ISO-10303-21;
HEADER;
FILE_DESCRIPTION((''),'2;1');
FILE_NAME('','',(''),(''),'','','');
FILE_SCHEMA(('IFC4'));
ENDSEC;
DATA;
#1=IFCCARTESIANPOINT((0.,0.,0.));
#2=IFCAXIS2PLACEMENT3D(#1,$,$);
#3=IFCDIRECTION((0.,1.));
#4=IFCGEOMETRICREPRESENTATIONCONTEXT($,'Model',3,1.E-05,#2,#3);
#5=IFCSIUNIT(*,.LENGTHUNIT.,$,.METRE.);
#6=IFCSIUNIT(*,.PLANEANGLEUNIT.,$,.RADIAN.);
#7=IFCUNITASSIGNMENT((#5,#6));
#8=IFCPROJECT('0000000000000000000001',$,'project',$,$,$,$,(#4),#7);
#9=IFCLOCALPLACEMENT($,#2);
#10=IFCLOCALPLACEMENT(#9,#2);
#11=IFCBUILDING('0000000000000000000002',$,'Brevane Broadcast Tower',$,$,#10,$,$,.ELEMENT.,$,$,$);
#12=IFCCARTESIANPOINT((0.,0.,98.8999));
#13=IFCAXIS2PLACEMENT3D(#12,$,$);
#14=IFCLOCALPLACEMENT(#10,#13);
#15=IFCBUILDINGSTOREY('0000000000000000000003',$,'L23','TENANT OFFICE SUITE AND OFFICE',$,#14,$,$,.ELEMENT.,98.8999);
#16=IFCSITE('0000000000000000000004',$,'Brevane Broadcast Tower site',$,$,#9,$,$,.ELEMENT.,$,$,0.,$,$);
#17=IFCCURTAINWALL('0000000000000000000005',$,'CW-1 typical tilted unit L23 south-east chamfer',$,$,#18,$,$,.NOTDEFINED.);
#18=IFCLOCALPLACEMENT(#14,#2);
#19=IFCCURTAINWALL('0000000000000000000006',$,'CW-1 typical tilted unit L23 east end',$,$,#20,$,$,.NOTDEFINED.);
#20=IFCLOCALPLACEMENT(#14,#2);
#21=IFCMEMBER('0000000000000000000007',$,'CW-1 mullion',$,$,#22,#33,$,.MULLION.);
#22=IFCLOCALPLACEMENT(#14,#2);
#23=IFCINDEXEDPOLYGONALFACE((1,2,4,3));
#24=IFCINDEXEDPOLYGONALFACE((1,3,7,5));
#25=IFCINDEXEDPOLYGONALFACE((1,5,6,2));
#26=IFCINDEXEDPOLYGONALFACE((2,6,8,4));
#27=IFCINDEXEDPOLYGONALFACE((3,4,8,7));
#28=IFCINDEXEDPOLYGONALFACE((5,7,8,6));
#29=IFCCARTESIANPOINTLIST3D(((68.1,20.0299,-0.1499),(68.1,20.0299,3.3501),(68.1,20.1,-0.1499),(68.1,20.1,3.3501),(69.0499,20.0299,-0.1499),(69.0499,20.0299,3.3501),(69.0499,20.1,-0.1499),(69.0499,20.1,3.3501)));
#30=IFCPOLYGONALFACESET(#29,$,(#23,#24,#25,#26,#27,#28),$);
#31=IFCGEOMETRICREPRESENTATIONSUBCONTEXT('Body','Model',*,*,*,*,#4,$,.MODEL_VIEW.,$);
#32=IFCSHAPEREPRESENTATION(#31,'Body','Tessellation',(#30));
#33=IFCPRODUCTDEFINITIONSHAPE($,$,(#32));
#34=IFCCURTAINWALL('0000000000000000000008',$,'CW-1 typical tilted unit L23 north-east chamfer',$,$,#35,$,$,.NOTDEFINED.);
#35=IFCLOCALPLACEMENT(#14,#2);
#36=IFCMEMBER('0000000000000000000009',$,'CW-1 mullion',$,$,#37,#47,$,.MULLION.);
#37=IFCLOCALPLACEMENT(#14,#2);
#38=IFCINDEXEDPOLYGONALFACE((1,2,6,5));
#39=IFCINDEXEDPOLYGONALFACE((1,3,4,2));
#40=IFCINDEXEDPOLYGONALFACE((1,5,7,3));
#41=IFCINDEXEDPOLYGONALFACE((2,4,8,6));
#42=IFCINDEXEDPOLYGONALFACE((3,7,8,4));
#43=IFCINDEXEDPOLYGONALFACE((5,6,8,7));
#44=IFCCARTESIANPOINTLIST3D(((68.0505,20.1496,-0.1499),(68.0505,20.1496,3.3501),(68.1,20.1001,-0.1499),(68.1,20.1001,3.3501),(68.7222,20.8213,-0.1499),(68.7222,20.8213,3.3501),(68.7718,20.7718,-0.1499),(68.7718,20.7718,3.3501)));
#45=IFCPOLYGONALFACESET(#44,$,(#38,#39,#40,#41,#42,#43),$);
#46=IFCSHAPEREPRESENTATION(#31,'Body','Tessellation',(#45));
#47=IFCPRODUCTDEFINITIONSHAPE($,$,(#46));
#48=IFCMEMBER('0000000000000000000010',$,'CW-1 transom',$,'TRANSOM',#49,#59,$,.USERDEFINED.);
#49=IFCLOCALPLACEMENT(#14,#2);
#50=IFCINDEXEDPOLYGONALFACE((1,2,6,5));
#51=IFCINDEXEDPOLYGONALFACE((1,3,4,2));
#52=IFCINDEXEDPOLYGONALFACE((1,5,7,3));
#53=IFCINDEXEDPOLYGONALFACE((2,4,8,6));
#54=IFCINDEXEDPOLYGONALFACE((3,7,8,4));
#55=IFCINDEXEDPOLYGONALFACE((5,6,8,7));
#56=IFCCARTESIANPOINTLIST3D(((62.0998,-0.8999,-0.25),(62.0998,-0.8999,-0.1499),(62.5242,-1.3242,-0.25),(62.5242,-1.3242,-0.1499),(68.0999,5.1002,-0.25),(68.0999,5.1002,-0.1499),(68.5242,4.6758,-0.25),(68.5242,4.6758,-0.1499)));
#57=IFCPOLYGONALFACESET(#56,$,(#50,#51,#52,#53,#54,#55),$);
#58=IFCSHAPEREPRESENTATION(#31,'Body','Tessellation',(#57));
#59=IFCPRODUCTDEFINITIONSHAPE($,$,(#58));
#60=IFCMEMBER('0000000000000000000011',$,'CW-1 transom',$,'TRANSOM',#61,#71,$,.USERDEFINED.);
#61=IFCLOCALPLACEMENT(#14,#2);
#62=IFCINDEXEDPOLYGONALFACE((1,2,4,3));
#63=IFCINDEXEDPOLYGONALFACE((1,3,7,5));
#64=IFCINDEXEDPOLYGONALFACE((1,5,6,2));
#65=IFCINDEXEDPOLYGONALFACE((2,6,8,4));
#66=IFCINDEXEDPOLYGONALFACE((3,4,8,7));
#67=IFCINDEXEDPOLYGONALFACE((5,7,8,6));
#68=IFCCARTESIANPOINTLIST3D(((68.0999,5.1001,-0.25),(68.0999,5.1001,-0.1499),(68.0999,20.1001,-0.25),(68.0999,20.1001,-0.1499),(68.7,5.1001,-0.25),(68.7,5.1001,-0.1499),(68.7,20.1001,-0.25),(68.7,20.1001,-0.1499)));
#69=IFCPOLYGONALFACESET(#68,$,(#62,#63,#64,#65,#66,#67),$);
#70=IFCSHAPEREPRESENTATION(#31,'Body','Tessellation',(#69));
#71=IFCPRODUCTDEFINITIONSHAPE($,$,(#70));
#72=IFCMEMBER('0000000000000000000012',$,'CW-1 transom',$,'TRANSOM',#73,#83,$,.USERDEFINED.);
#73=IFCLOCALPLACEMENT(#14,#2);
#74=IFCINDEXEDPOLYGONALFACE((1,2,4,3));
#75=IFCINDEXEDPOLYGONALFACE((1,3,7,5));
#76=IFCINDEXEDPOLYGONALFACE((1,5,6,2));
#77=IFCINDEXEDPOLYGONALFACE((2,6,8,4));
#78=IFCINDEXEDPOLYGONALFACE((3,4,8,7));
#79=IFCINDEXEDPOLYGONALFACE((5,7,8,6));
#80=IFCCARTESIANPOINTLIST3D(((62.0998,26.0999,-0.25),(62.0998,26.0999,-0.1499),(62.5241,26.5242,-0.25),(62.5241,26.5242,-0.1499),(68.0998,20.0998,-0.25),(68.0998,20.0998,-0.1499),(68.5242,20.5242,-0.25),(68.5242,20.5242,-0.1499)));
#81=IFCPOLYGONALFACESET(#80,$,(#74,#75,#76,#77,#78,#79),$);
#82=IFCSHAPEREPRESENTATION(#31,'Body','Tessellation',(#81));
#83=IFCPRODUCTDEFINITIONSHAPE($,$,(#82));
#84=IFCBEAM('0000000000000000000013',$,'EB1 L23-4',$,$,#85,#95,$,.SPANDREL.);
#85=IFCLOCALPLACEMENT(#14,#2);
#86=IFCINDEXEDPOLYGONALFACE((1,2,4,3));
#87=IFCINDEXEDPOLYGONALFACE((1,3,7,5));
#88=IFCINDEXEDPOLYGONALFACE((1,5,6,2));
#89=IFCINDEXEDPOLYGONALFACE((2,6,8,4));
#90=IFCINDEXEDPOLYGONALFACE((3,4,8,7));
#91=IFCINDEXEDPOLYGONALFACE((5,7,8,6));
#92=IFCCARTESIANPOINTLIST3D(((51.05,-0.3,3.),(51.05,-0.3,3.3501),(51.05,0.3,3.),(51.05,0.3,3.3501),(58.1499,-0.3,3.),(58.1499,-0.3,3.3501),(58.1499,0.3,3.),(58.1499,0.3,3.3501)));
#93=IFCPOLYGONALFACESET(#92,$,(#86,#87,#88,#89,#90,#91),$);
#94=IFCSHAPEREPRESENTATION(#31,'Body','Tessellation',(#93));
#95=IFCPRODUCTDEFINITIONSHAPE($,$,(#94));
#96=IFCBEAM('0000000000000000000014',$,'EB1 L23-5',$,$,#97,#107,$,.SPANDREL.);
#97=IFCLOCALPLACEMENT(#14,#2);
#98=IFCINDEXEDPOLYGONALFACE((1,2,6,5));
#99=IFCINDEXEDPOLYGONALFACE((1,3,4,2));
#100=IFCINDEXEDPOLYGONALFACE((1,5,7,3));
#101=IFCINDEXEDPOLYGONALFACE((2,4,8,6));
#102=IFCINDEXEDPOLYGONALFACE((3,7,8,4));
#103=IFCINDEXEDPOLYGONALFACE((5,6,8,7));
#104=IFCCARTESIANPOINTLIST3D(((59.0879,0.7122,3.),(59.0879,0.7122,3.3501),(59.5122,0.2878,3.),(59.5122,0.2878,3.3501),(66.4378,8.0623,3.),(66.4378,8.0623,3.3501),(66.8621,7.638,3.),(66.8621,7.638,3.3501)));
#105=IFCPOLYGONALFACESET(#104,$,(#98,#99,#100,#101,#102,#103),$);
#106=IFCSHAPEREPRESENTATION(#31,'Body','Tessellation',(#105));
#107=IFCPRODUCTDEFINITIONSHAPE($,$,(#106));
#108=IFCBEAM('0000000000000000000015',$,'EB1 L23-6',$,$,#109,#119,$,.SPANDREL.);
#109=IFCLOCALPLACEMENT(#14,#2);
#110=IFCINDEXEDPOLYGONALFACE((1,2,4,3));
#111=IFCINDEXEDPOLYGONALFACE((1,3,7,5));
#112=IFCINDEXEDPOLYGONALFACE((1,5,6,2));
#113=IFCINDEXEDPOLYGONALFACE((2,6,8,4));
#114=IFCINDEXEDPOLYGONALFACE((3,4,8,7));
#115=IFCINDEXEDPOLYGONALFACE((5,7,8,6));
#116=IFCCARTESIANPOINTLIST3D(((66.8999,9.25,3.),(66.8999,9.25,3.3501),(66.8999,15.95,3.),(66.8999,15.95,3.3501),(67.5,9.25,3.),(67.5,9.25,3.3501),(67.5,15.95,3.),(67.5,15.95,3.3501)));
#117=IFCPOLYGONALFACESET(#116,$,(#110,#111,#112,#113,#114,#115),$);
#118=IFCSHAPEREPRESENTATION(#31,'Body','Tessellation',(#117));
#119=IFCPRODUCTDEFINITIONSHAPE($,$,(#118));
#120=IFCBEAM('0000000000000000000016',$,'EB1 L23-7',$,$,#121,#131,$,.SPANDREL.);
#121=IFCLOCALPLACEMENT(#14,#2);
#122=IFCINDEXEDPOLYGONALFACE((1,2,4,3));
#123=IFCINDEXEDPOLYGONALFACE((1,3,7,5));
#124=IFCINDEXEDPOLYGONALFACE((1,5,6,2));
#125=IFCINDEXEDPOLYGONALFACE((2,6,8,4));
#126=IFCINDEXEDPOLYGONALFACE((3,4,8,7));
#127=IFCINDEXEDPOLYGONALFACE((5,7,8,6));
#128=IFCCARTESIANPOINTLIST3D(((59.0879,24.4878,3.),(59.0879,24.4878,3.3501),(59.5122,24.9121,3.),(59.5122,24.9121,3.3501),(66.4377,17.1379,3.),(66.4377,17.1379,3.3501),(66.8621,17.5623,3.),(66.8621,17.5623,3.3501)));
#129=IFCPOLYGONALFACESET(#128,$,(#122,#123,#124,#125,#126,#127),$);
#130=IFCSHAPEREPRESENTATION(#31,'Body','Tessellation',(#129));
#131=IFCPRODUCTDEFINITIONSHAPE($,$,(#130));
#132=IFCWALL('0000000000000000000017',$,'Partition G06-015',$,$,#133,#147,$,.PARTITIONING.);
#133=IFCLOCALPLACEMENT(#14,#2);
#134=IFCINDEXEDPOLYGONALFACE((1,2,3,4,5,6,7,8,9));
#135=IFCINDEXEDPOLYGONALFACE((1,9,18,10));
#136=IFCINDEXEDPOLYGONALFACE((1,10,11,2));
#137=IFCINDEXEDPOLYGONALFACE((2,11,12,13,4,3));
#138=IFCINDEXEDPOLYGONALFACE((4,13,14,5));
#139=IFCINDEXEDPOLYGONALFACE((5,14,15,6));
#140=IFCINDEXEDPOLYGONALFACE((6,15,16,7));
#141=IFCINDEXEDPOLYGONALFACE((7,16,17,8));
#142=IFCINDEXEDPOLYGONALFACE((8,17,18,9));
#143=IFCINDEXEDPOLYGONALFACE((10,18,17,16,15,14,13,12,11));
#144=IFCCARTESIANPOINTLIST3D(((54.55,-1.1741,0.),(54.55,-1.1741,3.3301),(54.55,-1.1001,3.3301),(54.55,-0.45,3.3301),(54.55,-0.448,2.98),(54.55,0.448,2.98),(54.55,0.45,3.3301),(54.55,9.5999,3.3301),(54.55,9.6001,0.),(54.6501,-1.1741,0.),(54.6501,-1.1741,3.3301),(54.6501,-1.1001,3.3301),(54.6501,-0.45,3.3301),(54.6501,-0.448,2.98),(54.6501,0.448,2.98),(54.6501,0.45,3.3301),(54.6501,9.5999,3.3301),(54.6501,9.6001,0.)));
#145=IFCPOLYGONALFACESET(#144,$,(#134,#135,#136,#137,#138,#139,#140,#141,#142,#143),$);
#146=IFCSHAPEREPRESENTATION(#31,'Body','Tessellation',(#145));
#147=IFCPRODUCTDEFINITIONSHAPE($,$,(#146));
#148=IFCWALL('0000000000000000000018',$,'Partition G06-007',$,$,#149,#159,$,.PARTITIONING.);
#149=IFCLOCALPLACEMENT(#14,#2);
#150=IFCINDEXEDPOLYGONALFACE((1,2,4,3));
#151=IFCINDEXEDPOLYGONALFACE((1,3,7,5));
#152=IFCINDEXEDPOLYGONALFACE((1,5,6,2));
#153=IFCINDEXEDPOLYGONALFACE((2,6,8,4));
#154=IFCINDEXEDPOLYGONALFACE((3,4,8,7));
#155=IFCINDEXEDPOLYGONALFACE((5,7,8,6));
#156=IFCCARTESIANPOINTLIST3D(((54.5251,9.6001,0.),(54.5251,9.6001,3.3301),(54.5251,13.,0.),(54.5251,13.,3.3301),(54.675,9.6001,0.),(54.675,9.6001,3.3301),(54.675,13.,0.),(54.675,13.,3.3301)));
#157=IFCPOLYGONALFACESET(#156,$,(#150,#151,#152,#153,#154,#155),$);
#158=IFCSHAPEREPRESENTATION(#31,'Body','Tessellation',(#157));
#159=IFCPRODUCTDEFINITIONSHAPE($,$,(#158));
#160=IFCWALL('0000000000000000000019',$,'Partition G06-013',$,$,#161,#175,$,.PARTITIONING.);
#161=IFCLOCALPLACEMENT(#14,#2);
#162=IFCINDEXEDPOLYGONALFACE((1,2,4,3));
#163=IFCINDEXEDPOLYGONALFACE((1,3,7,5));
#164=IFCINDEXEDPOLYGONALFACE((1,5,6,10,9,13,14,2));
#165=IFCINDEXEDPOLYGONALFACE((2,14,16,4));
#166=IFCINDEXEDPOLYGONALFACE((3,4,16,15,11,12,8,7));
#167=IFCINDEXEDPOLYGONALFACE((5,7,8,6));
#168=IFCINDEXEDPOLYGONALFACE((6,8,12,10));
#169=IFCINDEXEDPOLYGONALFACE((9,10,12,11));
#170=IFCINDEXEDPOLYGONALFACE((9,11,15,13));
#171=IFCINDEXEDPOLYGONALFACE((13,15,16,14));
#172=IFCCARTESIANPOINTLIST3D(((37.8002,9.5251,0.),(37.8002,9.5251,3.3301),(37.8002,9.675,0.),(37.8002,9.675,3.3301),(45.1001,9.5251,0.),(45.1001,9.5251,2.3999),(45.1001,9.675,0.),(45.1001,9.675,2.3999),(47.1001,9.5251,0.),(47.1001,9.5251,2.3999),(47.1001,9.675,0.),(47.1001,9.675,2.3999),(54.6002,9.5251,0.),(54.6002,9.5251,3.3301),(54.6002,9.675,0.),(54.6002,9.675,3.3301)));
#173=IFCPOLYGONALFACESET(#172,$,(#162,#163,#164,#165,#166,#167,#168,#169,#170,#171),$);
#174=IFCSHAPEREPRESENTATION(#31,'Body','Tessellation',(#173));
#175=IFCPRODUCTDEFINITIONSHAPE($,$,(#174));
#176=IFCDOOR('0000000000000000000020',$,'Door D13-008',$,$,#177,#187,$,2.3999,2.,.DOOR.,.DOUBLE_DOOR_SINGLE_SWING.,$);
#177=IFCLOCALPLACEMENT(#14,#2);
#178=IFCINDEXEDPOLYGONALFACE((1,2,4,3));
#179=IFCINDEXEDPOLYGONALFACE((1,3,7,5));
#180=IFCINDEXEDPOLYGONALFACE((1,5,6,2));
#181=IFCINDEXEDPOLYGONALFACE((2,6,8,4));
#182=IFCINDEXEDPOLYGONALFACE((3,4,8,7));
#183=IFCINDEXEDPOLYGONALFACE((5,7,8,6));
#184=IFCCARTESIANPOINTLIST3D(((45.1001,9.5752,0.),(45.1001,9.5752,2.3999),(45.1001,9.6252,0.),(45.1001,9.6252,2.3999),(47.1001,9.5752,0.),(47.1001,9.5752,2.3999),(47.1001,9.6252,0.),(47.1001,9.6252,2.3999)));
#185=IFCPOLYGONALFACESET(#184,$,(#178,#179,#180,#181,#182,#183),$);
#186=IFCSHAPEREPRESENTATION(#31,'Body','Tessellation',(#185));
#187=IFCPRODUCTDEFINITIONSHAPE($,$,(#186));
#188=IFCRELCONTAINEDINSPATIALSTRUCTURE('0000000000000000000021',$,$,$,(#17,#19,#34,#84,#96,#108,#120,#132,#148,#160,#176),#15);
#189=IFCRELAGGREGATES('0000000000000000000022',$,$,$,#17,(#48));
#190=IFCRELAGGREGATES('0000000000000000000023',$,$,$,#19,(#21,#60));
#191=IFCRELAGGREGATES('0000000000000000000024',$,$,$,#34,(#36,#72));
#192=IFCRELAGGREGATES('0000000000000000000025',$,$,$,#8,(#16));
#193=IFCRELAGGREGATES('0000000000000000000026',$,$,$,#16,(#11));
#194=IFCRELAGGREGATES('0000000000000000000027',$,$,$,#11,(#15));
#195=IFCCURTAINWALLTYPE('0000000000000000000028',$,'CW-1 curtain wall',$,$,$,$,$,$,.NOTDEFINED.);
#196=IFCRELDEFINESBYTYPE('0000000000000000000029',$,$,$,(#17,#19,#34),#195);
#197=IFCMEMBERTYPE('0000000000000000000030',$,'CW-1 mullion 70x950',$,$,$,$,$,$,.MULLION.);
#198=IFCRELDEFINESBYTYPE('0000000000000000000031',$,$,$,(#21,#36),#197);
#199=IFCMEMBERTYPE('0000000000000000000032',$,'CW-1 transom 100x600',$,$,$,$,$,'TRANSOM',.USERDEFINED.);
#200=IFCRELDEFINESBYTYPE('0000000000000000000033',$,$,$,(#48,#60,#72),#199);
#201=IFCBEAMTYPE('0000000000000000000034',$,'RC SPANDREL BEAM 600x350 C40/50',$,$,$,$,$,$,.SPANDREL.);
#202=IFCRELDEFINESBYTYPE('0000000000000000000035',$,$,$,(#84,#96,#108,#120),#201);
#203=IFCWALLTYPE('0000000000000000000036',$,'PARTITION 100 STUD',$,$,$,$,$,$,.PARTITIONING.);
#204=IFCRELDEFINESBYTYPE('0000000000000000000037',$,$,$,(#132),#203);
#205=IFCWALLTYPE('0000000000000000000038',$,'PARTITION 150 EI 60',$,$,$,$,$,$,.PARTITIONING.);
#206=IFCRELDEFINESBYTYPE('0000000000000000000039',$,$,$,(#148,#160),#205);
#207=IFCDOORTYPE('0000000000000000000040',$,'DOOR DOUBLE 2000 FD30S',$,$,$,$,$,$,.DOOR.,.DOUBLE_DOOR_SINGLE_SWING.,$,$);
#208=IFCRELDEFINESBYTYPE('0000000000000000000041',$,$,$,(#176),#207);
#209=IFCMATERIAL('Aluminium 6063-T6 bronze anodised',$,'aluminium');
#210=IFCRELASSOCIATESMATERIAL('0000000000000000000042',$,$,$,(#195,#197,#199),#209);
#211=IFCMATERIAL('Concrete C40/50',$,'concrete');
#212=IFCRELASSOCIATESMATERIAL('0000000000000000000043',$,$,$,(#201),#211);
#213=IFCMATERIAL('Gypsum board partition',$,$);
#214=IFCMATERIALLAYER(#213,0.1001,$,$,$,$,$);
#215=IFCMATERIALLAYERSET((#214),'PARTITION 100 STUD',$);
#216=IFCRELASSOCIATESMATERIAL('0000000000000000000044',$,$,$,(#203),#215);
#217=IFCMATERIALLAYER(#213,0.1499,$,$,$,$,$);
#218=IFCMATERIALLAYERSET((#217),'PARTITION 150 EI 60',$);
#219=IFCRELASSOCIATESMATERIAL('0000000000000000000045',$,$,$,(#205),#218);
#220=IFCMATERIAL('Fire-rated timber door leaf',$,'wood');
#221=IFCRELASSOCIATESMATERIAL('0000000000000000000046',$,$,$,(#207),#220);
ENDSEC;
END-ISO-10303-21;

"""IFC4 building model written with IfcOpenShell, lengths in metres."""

from ifc_helpers import new_model, si_unit, direction, frame, frame_2d, origin, origin_2d, place, context, subcontext, project, spatial, polyline, rectangle, outline, extrude, material, layer, layer_set, material_profile, profile_set, type_object, element, fill, aggregate, save


model = new_model("IFC4")

# Units and contexts
model_context = context("Model", 3, precision=1e-05, world=origin(), true_north=direction((0.0, 1.0)))
body_context = subcontext(model_context, "Body", "Model", "MODEL_VIEW")
ifc_project = project(units=[si_unit("LENGTHUNIT", "METRE"), si_unit("PLANEANGLEUNIT", "RADIAN")], contexts=[model_context])

# Site, building, storey
site_placement = place(None, origin())
site = spatial("IfcSite", under=ifc_project, at=site_placement, Name="Brevane Broadcast Tower site", CompositionType="ELEMENT", RefElevation=0.0)
building_placement = place(site_placement, origin())
building = spatial("IfcBuilding", under=site, at=building_placement, Name="Brevane Broadcast Tower", CompositionType="ELEMENT")
storey_placement = place(building_placement, frame((0.0, 0.0, 98.8999)))
storey = spatial("IfcBuildingStorey", under=building, at=storey_placement, Name="L23", Description="TENANT OFFICE SUITE AND OFFICE", CompositionType="ELEMENT", Elevation=98.8999)

# Curtain walls, member
ifc_material_1 = material(Name="Aluminium 6063-T6 bronze anodised", Category="aluminium")
curtain_wall_type = type_object("IfcCurtainWallType", Name="CW-1 curtain wall", PredefinedType="NOTDEFINED", material=ifc_material_1)
ifc_material_profile_1 = material_profile(ifc_material_1, rectangle(XDim=0.95, YDim=0.0701, at=origin_2d()), Name="RECT 70x950")
ifc_profile_set_1 = profile_set([ifc_material_profile_1], Name="Aluminium 6063-T6 bronze anodised")
member_type_1 = type_object("IfcMemberType", Name="CW-1 mullion 70x950", PredefinedType="MULLION", material=ifc_profile_set_1)
curtain_wall_1_placement = place(storey_placement, origin())
curtain_wall_1 = element("IfcCurtainWall", 1, at=curtain_wall_1_placement, inside=storey, type_object=curtain_wall_type, Name="CW-1 typical tilted unit L23 south-east chamfer", PredefinedType="NOTDEFINED")
curtain_wall_2_placement = place(storey_placement, origin())
curtain_wall_2 = element("IfcCurtainWall", 2, at=curtain_wall_2_placement, inside=storey, type_object=curtain_wall_type, Name="CW-1 typical tilted unit L23 east end", PredefinedType="NOTDEFINED")
member_1_placement = place(storey_placement, frame((68.575, 20.0649, -0.1499), z_axis=(0.0, 0.0, 1.0), x_axis=(-1.0, 0.0, 0.0)))
member_1 = element("IfcMember", 3, at=member_1_placement, type_object=member_type_1, Name="CW-1 mullion", PredefinedType="MULLION", context=body_context, shape_type="SweptSolid", body=[
    extrude(rectangle(XDim=0.95, YDim=0.0701, at=origin_2d()), origin(), (0.0, 0.0, 1.0), 3.5),
])

# Curtain wall, member
curtain_wall_3_placement = place(storey_placement, origin())
curtain_wall_3 = element("IfcCurtainWall", 4, at=curtain_wall_3_placement, inside=storey, type_object=curtain_wall_type, Name="CW-1 typical tilted unit L23 north-east chamfer", PredefinedType="NOTDEFINED")
member_2_placement = place(storey_placement, frame((68.4111, 20.4607, -0.1499), z_axis=(0.0, 0.0, 1.0), x_axis=(-0.707107, -0.707107, 0.0)))
member_2 = element("IfcMember", 5, at=member_2_placement, type_object=member_type_1, Name="CW-1 mullion", PredefinedType="MULLION", context=body_context, shape_type="SweptSolid", body=[
    extrude(rectangle(XDim=0.95, YDim=0.0701, at=origin_2d()), origin(), (0.0, 0.0, 1.0), 3.5),
])

# Members
ifc_material_profile_2 = material_profile(ifc_material_1, rectangle(XDim=0.6001, YDim=0.1001, at=origin_2d()), Name="RECT 100x600")
ifc_profile_set_2 = profile_set([ifc_material_profile_2], Name="Aluminium 6063-T6 bronze anodised")
member_type_2 = type_object("IfcMemberType", Name="CW-1 transom 100x600", ElementType="TRANSOM", PredefinedType="USERDEFINED", material=ifc_profile_set_2)
member_3_placement = place(storey_placement, frame((62.312, -1.1121, -0.2), z_axis=(0.707107, 0.707107, 0.0), x_axis=(-0.707107, 0.707107, 0.0)))
member_3 = element("IfcMember", 6, at=member_3_placement, type_object=member_type_2, Name="CW-1 transom", ObjectType="TRANSOM", PredefinedType="USERDEFINED", context=body_context, shape_type="SweptSolid", body=[
    extrude(rectangle(XDim=0.6001, YDim=0.1001, at=origin_2d()), origin(), (0.0, 0.0, 1.0), 8.4854),
])
aggregate(curtain_wall_1, [member_3])
member_4_placement = place(storey_placement, frame((68.3999, 5.1001, -0.2), z_axis=(0.0, 1.0, 0.0), x_axis=(-1.0, 0.0, 0.0)))
member_4 = element("IfcMember", 7, at=member_4_placement, type_object=member_type_2, Name="CW-1 transom", ObjectType="TRANSOM", PredefinedType="USERDEFINED", context=body_context, shape_type="SweptSolid", body=[
    extrude(rectangle(XDim=0.6001, YDim=0.1001, at=origin_2d()), origin(), (0.0, 0.0, 1.0), 15.0),
])
aggregate(curtain_wall_2, [member_1, member_4])
member_5_placement = place(storey_placement, frame((68.312, 20.312, -0.2), z_axis=(-0.707107, 0.707107, 0.0), x_axis=(-0.707107, -0.707107, 0.0)))
member_5 = element("IfcMember", 8, at=member_5_placement, type_object=member_type_2, Name="CW-1 transom", ObjectType="TRANSOM", PredefinedType="USERDEFINED", context=body_context, shape_type="SweptSolid", body=[
    extrude(rectangle(XDim=0.6001, YDim=0.1001, at=origin_2d()), origin(), (0.0, 0.0, 1.0), 8.4854),
])
aggregate(curtain_wall_3, [member_2, member_5])

# Beams
ifc_material_2 = material(Name="Concrete C40/50", Category="concrete")
ifc_material_profile_3 = material_profile(ifc_material_2, rectangle(XDim=0.6001, YDim=0.3501, at=origin_2d()), Name="RC 600x350")
ifc_profile_set_3 = profile_set([ifc_material_profile_3], Name="Concrete C40/50")
beam_type = type_object("IfcBeamType", Name="RC SPANDREL BEAM 600x350 C40/50", PredefinedType="SPANDREL", material=ifc_profile_set_3)
beam_1_placement = place(storey_placement, frame((51.05, 0.0, 3.175), z_axis=(1.0, 0.0, 0.0), x_axis=(0.0, 1.0, 0.0)))
element("IfcBeam", 9, at=beam_1_placement, inside=storey, type_object=beam_type, Name="EB1 L23-4", PredefinedType="SPANDREL", context=body_context, shape_type="SweptSolid", body=[
    extrude(rectangle(XDim=0.6001, YDim=0.3501, at=origin_2d()), origin(), (0.0, 0.0, 1.0), 7.0999),
])
beam_2_placement = place(storey_placement, frame((59.3, 0.5, 3.175), z_axis=(0.707095, 0.707119, 0.0), x_axis=(-0.707119, 0.707095, 0.0)))
element("IfcBeam", 10, at=beam_2_placement, inside=storey, type_object=beam_type, Name="EB1 L23-5", PredefinedType="SPANDREL", context=body_context, shape_type="SweptSolid", body=[
    extrude(rectangle(XDim=0.6001, YDim=0.3501, at=origin_2d()), origin(), (0.0, 0.0, 1.0), 10.3945),
])
beam_3_placement = place(storey_placement, frame((67.2, 9.25, 3.175), z_axis=(0.0, 1.0, 0.0), x_axis=(-1.0, 0.0, 0.0)))
element("IfcBeam", 11, at=beam_3_placement, inside=storey, type_object=beam_type, Name="EB1 L23-6", PredefinedType="SPANDREL", context=body_context, shape_type="SweptSolid", body=[
    extrude(rectangle(XDim=0.6001, YDim=0.3501, at=origin_2d()), origin(), (0.0, 0.0, 1.0), 6.7),
])
beam_4_placement = place(storey_placement, frame((66.6499, 17.3501, 3.175), z_axis=(-0.707107, 0.707107, 0.0), x_axis=(-0.707107, -0.707107, 0.0)))
element("IfcBeam", 12, at=beam_4_placement, inside=storey, type_object=beam_type, Name="EB1 L23-7", PredefinedType="SPANDREL", context=body_context, shape_type="SweptSolid", body=[
    extrude(rectangle(XDim=0.6001, YDim=0.3501, at=origin_2d()), origin(), (0.0, 0.0, 1.0), 10.3943),
])

# Walls
ifc_material_3 = material(Name="Gypsum board partition")
ifc_layer_1 = layer(ifc_material_3, 0.1001)
ifc_layer_set_1 = layer_set([ifc_layer_1], Name="PARTITION 100 STUD")
wall_type_1 = type_object("IfcWallType", Name="PARTITION 100 STUD", PredefinedType="PARTITIONING", material=ifc_layer_set_1)
wall_1_placement = place(storey_placement, frame((54.6001, -1.1741, 0.0), z_axis=(0.0, 0.0, 1.0), x_axis=(0.0, 1.0, 0.0)))
element("IfcWall", 13, at=wall_1_placement, inside=storey, type_object=wall_type_1, Name="Partition G06-015", PredefinedType="PARTITIONING", context=body_context, shape_type="SweptSolid", body=[
    extrude(outline(polyline([(0.0, 0.0), (10.7742, 0.0), (10.7739, 3.3301), (1.624, 3.3301), (1.6221, 2.98), (0.7261, 2.98), (0.7241, 3.3301), (0.074, 3.3301), (0.0, 3.3301), (0.0, 0.0)])), frame((0.0, 0.05, 0.0), z_axis=(0.0, -1.0, 0.0), x_axis=(1.0, 0.0, 0.0)), (0.0, 0.0, 1.0), 0.1001),
])
ifc_layer_2 = layer(ifc_material_3, 0.1499)
ifc_layer_set_2 = layer_set([ifc_layer_2], Name="PARTITION 150 EI 60")
wall_type_2 = type_object("IfcWallType", Name="PARTITION 150 EI 60", PredefinedType="PARTITIONING", material=ifc_layer_set_2)
wall_2_placement = place(storey_placement, frame((54.6001, 13.0, 0.0), z_axis=(0.0, 0.0, 1.0), x_axis=(0.0, -1.0, 0.0)))
element("IfcWall", 14, at=wall_2_placement, inside=storey, type_object=wall_type_2, Name="Partition G06-007", PredefinedType="PARTITIONING", context=body_context, shape_type="SweptSolid", body=[
    extrude(rectangle(XDim=3.3999, YDim=0.1499, at=frame_2d((1.7, 0.0))), origin(), (0.0, 0.0, 1.0), 3.3301),
])

# Wall, opening, door
wall_3_placement = place(storey_placement, frame((54.6001, 9.6001, 0.0), z_axis=(0.0, 0.0, 1.0), x_axis=(-1.0, 0.0, 0.0)))
wall_3 = element("IfcWall", 15, at=wall_3_placement, inside=storey, type_object=wall_type_2, Name="Partition G06-013", PredefinedType="PARTITIONING", context=body_context, shape_type="SweptSolid", body=[
    extrude(rectangle(XDim=16.8, YDim=0.1499, at=frame_2d((8.3999, 0.0))), origin(), (0.0, 0.0, 1.0), 3.3301),
])
opening_1_placement = place(wall_3_placement, frame((7.5, 0.0, 0.0)))
opening_1 = element("IfcOpeningElement", 16, at=opening_1_placement, cuts=wall_3, PredefinedType="OPENING", context=body_context, shape_type="SweptSolid", body=[
    extrude(rectangle(XDim=2.0, YDim=2.3999, at=frame_2d((1.0, 1.2))), frame((0.0, 0.085, 0.0), z_axis=(0.0, -1.0, 0.0), x_axis=(1.0, 0.0, 0.0)), (0.0, 0.0, 1.0), 0.1699),
])
ifc_material_4 = material(Name="Fire-rated timber door leaf", Category="wood")
door_type = type_object("IfcDoorType", Name="DOOR DOUBLE 2000 FD30S", OperationType="DOUBLE_DOOR_SINGLE_SWING", PredefinedType="DOOR", material=ifc_material_4)
door_1_placement = place(opening_1_placement, origin())
door_1 = element("IfcDoor", 17, at=door_1_placement, inside=storey, type_object=door_type, Name="Door D13-008", OperationType="DOUBLE_DOOR_SINGLE_SWING", OverallHeight=2.3999, OverallWidth=2.0, PredefinedType="DOOR", context=body_context, shape_type="SweptSolid", body=[
    extrude(rectangle(XDim=2.0, YDim=2.3999, at=frame_2d((1.0, 1.2))), frame((0.0, 0.0249, 0.0), z_axis=(0.0, -1.0, 0.0), x_axis=(1.0, 0.0, 0.0)), (0.0, 0.0, 1.0), 0.05),
])
fill(opening_1, door_1)

save(model, "model.ifc")
